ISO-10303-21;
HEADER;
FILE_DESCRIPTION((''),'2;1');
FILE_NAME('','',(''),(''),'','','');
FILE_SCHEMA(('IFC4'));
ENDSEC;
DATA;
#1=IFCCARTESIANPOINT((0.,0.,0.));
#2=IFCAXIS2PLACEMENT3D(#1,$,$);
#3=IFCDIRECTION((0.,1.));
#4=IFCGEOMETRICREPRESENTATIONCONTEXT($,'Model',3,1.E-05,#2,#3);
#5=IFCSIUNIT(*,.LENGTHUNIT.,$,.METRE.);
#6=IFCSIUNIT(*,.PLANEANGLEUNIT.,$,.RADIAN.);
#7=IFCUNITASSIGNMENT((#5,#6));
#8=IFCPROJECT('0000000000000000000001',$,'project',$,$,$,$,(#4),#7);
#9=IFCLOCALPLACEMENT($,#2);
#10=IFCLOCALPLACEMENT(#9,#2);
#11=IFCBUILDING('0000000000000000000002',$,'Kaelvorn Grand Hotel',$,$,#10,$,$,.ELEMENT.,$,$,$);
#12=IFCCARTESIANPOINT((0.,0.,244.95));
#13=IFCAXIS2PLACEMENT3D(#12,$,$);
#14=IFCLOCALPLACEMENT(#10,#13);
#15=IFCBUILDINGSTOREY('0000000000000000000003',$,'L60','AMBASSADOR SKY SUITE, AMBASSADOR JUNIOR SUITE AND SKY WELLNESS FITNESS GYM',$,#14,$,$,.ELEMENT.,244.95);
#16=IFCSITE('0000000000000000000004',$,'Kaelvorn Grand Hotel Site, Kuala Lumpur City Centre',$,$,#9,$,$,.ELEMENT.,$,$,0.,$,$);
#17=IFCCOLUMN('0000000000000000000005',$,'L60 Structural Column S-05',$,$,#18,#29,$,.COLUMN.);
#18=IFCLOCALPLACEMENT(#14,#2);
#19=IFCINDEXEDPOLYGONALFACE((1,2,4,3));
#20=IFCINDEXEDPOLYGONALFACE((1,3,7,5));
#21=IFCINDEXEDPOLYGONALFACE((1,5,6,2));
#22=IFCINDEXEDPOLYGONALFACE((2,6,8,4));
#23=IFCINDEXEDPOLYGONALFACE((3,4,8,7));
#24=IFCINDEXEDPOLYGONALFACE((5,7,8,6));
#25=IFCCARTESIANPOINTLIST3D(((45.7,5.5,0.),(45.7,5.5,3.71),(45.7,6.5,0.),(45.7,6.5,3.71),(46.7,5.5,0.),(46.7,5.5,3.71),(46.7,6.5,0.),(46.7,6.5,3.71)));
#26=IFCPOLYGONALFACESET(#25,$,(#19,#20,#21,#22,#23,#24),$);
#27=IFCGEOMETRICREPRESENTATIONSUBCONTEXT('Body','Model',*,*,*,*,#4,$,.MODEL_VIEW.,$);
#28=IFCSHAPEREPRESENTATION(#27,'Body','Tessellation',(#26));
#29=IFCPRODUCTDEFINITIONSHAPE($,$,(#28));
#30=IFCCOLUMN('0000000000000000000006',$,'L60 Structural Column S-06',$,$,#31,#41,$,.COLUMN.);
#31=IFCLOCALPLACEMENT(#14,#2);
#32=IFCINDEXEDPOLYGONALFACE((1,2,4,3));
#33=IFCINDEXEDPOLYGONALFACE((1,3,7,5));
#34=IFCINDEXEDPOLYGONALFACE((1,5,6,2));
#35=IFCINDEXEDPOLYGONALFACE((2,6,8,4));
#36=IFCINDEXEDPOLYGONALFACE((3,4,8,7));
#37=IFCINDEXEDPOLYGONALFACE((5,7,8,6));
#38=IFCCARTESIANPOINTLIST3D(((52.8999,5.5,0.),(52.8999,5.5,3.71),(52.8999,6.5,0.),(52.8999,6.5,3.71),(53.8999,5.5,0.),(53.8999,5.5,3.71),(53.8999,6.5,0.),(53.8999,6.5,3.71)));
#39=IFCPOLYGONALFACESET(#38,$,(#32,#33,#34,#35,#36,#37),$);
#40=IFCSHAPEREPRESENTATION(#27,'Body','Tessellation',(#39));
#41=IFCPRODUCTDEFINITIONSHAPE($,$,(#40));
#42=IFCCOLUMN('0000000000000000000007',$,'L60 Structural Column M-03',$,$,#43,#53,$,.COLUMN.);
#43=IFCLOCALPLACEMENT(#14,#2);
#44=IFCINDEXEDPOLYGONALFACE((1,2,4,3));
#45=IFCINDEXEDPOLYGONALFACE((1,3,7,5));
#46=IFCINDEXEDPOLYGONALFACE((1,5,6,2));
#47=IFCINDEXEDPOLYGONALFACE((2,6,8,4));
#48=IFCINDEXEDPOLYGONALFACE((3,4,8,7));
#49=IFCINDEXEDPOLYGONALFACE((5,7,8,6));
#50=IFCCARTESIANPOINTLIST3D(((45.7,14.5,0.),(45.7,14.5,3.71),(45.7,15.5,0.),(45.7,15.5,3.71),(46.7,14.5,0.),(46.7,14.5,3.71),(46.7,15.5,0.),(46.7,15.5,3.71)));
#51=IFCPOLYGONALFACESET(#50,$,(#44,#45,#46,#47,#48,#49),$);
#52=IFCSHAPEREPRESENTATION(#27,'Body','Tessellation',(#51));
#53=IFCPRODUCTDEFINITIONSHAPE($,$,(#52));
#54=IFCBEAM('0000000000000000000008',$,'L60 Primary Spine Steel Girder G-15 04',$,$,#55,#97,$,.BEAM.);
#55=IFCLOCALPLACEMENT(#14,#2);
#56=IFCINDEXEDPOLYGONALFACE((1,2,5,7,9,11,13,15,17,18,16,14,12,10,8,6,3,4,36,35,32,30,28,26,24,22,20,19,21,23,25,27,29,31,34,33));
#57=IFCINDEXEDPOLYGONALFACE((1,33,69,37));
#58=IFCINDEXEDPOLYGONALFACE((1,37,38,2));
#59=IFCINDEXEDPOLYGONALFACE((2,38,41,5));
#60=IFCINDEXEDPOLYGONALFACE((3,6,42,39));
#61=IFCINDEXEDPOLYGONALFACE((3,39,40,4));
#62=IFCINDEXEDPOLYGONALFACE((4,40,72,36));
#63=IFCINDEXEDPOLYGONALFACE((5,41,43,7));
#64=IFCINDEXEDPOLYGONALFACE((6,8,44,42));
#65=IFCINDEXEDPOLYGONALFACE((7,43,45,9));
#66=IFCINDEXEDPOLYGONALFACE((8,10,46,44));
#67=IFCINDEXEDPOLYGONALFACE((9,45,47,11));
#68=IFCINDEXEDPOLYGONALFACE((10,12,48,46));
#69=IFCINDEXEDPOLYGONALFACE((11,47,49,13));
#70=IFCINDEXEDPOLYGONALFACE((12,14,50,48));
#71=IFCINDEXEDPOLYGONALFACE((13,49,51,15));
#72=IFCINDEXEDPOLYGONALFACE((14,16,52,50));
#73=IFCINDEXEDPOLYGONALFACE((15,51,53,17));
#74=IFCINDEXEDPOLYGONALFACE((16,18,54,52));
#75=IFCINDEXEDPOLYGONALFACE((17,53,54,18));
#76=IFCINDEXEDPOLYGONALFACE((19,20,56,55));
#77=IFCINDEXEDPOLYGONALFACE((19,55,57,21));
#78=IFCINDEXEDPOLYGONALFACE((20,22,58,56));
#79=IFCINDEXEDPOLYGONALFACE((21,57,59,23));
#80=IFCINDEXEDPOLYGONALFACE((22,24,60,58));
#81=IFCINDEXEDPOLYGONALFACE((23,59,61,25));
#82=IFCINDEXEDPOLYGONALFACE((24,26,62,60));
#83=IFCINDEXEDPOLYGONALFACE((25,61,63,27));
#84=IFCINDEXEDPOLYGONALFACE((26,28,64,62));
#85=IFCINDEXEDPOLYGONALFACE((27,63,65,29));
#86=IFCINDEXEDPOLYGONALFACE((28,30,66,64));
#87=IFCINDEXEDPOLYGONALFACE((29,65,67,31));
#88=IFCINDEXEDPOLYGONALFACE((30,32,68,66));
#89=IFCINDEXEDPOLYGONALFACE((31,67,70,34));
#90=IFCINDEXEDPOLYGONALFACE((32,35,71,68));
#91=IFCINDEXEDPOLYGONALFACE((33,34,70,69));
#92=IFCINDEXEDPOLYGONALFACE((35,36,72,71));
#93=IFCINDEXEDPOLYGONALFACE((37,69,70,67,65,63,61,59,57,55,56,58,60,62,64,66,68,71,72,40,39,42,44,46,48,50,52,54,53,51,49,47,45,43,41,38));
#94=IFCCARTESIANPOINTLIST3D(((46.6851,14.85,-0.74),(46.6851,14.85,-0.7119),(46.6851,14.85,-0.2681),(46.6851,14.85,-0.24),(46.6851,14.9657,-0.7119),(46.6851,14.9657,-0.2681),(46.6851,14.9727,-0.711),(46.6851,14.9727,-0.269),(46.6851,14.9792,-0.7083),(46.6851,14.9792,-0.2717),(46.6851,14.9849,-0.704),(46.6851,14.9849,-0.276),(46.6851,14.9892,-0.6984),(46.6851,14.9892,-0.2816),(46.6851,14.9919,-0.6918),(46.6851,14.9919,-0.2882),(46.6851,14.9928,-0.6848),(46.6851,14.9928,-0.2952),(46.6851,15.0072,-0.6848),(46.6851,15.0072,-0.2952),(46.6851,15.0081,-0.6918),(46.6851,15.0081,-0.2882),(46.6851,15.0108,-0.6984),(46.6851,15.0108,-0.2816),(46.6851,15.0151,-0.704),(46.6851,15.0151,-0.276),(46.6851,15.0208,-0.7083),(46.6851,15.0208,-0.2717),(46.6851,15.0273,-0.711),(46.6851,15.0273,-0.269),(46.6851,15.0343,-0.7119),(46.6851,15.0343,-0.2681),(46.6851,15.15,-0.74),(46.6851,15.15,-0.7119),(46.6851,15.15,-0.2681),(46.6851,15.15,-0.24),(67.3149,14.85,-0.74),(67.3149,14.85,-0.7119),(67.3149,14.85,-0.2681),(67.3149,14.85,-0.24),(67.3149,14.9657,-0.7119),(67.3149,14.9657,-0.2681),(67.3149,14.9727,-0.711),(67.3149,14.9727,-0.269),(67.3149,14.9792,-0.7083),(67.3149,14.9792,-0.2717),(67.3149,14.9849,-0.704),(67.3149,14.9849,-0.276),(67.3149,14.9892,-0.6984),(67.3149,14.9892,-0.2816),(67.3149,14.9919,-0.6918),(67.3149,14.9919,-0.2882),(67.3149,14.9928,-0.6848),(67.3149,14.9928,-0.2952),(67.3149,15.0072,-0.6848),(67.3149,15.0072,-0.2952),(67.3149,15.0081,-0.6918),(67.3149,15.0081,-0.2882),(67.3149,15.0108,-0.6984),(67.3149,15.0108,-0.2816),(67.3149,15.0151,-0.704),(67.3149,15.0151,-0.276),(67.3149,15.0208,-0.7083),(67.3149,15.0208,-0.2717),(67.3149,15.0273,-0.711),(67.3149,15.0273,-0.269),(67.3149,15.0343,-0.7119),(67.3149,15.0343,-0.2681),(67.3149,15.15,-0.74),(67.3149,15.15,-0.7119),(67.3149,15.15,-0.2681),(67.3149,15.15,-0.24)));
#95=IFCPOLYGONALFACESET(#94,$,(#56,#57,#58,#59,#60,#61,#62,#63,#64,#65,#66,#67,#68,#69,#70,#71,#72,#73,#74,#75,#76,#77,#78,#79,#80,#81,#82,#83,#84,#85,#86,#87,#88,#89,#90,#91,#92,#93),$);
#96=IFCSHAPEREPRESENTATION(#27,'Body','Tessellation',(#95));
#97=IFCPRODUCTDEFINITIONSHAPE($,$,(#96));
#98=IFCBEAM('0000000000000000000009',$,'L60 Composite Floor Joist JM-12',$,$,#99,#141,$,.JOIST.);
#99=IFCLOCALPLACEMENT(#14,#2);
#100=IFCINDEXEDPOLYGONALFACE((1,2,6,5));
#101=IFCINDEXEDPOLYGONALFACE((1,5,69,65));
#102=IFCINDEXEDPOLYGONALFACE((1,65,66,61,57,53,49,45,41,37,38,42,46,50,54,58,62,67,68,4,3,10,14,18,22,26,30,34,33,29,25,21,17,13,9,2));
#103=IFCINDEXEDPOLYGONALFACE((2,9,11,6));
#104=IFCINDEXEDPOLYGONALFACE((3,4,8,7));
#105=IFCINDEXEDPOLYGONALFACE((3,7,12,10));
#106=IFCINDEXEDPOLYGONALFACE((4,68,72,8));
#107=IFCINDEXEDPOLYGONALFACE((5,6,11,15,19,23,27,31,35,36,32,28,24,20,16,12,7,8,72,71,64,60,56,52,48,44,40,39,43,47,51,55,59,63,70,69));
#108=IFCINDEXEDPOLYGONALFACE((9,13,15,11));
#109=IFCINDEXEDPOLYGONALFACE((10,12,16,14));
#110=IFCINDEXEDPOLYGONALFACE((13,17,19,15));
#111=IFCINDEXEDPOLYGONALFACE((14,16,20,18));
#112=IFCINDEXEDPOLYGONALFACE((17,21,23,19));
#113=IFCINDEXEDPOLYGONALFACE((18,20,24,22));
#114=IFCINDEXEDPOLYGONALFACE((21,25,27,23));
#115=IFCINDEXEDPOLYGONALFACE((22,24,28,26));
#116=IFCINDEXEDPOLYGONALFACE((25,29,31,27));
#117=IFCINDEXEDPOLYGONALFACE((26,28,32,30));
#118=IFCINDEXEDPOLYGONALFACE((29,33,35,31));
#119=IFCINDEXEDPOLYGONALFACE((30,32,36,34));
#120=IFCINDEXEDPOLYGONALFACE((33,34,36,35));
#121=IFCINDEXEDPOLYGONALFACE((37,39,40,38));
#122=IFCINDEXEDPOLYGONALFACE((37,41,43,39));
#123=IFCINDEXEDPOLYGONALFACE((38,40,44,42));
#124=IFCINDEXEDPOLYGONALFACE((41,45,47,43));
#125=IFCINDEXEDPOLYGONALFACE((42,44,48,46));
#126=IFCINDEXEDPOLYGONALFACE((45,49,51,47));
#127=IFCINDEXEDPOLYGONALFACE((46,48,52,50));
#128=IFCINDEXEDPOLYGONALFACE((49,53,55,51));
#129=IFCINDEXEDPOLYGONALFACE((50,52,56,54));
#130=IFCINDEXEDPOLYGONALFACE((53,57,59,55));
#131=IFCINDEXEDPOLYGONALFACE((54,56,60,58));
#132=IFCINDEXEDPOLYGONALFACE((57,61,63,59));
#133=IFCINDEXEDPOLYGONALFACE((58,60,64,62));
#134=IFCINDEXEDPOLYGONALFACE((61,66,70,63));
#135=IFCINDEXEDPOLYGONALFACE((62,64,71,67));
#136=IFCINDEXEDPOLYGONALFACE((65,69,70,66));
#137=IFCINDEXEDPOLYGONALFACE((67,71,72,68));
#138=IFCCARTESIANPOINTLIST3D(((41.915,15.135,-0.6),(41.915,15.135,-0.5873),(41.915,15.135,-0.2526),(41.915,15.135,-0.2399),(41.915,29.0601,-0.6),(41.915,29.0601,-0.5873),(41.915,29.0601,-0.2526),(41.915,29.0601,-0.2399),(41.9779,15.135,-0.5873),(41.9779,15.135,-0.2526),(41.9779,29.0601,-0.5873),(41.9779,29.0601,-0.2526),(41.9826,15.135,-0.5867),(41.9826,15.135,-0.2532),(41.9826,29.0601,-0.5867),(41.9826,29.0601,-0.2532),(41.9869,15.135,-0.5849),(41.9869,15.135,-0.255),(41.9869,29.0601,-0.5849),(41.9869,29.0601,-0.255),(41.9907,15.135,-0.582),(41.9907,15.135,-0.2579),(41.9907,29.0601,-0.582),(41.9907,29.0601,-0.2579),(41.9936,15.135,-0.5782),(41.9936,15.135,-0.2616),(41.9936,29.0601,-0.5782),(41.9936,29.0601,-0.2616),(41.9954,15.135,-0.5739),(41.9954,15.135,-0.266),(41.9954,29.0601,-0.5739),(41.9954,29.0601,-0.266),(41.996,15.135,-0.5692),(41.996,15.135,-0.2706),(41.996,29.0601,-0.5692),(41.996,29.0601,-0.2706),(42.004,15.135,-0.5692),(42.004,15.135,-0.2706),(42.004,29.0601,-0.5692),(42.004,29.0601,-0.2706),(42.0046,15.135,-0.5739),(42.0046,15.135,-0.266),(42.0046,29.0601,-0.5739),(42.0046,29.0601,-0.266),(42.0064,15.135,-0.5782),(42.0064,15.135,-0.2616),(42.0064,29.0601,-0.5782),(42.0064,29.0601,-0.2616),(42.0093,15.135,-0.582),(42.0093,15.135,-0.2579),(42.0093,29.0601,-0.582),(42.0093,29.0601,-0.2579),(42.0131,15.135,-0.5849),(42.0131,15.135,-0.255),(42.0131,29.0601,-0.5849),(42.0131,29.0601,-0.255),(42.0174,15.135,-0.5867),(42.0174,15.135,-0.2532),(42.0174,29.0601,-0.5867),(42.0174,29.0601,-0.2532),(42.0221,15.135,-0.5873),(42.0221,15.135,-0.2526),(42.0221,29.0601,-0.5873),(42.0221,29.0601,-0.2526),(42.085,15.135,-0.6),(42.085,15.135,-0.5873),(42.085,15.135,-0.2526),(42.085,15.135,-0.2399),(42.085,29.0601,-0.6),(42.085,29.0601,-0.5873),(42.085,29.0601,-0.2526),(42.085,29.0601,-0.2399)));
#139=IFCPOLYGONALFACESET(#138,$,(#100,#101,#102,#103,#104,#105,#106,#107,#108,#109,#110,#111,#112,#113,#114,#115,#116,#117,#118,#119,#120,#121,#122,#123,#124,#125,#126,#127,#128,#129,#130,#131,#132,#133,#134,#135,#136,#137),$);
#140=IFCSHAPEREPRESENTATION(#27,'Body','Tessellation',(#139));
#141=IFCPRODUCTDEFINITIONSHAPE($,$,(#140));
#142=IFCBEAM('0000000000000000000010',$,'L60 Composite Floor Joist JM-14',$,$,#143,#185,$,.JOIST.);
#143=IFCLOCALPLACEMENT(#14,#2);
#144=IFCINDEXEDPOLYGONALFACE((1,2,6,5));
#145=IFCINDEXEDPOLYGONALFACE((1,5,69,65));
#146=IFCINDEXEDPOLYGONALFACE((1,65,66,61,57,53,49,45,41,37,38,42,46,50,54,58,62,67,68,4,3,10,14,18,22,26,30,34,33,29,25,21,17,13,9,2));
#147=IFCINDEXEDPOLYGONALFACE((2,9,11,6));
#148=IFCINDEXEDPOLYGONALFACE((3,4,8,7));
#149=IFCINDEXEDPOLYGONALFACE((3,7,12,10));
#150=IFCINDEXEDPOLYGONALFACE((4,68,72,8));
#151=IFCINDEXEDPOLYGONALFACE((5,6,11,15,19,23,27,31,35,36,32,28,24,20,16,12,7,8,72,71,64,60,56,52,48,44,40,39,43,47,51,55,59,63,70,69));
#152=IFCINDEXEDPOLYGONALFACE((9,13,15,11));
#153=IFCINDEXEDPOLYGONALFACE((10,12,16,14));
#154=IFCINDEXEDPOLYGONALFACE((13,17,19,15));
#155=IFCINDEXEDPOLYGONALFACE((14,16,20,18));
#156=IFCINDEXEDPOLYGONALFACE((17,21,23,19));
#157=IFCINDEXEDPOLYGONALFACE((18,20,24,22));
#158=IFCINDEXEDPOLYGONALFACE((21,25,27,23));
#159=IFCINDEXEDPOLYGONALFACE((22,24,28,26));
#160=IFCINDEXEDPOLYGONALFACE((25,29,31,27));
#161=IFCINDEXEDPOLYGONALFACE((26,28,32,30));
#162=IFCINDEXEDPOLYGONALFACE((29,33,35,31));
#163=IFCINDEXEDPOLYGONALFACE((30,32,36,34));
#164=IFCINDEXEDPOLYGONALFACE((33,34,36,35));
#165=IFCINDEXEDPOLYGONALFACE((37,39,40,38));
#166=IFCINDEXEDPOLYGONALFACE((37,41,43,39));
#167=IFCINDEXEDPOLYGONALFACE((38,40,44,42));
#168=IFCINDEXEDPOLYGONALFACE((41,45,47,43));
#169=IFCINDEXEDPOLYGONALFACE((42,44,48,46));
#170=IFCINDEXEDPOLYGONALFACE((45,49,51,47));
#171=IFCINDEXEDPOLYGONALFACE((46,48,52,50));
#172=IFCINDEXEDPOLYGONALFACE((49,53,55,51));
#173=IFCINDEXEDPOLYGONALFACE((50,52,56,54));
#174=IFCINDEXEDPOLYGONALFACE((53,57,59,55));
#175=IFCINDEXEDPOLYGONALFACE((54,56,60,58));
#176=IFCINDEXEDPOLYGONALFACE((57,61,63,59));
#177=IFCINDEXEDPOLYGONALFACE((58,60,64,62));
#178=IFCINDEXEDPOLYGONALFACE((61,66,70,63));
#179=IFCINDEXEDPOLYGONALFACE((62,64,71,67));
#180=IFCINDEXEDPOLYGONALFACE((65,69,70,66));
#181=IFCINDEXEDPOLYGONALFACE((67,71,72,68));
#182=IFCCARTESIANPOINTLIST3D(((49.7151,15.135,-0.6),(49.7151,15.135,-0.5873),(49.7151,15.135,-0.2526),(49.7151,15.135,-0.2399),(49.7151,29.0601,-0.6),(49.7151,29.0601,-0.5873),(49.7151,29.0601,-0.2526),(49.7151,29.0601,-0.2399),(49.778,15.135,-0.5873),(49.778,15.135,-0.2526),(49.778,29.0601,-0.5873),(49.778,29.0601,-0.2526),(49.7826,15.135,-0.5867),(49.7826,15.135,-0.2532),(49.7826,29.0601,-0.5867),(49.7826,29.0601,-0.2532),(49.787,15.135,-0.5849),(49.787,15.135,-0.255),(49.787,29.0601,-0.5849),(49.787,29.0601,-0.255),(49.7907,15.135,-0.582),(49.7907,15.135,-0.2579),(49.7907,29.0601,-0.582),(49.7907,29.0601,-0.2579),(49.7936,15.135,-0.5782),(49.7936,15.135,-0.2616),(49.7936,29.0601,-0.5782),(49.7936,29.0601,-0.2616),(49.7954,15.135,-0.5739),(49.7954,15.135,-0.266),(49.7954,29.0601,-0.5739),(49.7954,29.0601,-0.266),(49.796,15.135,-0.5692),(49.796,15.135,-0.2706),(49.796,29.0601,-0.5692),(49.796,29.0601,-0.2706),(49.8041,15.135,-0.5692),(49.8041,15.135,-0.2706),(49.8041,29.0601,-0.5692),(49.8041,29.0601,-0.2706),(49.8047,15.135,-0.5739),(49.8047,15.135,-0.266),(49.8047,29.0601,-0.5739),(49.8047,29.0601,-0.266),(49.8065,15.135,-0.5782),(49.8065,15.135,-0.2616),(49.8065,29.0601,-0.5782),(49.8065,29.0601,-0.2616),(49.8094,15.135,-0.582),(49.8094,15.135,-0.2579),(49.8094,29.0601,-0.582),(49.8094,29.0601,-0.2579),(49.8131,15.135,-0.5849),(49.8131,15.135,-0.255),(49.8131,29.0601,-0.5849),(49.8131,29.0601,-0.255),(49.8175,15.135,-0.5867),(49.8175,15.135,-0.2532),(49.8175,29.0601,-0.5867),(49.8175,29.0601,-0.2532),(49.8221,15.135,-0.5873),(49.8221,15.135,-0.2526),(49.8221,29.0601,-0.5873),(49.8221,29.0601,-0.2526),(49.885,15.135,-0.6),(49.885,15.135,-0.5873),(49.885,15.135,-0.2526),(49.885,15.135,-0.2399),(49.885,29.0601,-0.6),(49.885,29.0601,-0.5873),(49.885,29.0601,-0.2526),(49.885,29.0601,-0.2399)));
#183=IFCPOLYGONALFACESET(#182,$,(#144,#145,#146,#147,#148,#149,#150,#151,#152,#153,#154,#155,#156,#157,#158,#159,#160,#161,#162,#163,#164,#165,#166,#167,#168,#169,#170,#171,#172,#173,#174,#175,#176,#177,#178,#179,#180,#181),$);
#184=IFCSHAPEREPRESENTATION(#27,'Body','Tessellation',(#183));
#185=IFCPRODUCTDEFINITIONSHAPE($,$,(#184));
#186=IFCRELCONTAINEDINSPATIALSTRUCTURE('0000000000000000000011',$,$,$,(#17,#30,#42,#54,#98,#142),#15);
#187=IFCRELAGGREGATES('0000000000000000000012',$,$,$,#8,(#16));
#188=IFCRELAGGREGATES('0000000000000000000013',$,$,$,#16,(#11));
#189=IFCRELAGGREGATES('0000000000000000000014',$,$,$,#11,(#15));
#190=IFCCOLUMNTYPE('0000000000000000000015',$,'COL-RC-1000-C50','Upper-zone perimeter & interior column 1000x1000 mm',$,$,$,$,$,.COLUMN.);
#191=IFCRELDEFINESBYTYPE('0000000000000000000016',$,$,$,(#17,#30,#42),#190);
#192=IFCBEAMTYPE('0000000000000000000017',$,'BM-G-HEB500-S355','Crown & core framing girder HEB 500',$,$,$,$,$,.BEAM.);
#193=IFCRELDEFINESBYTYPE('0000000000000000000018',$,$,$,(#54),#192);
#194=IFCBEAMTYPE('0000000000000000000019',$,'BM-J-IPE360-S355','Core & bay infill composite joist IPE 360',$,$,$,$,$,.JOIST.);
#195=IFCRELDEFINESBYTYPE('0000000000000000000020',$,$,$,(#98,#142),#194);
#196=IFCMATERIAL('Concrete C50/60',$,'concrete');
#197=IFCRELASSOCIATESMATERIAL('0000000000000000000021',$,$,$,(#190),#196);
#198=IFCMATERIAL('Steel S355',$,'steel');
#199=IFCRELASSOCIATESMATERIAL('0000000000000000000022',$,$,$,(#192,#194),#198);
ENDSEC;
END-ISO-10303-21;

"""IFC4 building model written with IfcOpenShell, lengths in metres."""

from ifc_helpers import new_model, si_unit, direction, frame, origin, origin_2d, place, context, subcontext, project, spatial, rectangle, i_section, extrude, material, material_profile, profile_set, type_object, element, save


model = new_model("IFC4")

# Units and contexts
model_context = context("Model", 3, precision=1e-05, world=origin(), true_north=direction((0.0, 1.0)))
body_context = subcontext(model_context, "Body", "Model", "MODEL_VIEW")
ifc_project = project(units=[si_unit("LENGTHUNIT", "METRE"), si_unit("PLANEANGLEUNIT", "RADIAN")], contexts=[model_context])

# Site, building, storey
site_placement = place(None, origin())
site = spatial("IfcSite", under=ifc_project, at=site_placement, Name="Kaelvorn Grand Hotel Site, Kuala Lumpur City Centre", CompositionType="ELEMENT", RefElevation=0.0)
building_placement = place(site_placement, origin())
building = spatial("IfcBuilding", under=site, at=building_placement, Name="Kaelvorn Grand Hotel", CompositionType="ELEMENT")
storey_placement = place(building_placement, frame((0.0, 0.0, 244.95)))
storey = spatial("IfcBuildingStorey", under=building, at=storey_placement, Name="L60", Description="AMBASSADOR SKY SUITE, AMBASSADOR JUNIOR SUITE AND SKY WELLNESS FITNESS GYM", CompositionType="ELEMENT", Elevation=244.95)

# Columns
ifc_material_1 = material(Name="Concrete C50/60", Category="concrete")
ifc_material_profile_1 = material_profile(ifc_material_1, rectangle(XDim=1.0, YDim=1.0, at=origin_2d()), Name="RC COL 1000x1000")
ifc_profile_set_1 = profile_set([ifc_material_profile_1], Name="Concrete C50/60")
column_type = type_object("IfcColumnType", Name="COL-RC-1000-C50", Description="Upper-zone perimeter & interior column 1000x1000 mm", PredefinedType="COLUMN", material=ifc_profile_set_1)
for number, where, z_axis, x_axis, name in (
    (1, (46.2, 6.0, 0.0), (0.0, 0.0, 1.0), (1.0, 0.0, 0.0), "L60 Structural Column S-05"),
    (2, (53.3999, 6.0, 0.0), (0.0, 0.0, 1.0), (1.0, 0.0, 0.0), "L60 Structural Column S-06"),
    (3, (46.2, 15.0, 0.0), (0.0, 0.0, 1.0), (1.0, 0.0, 0.0), "L60 Structural Column M-03"),
):
    element("IfcColumn", number, at=place(storey_placement, frame(where, z_axis=z_axis, x_axis=x_axis)), inside=storey, type_object=column_type, Name=name, PredefinedType="COLUMN", context=body_context, shape_type="SweptSolid", body=[
        extrude(rectangle(XDim=1.0, YDim=1.0, at=origin_2d()), origin(), (0.0, 0.0, 1.0), 3.71),
    ])

# Beams
ifc_material_2 = material(Name="Steel S355", Category="steel")
ifc_material_profile_2 = material_profile(ifc_material_2, i_section(OverallWidth=0.3, OverallDepth=0.5, WebThickness=0.0144, FlangeThickness=0.0281, FilletRadius=0.0271, at=origin_2d()), Name="HEB 500")
ifc_profile_set_2 = profile_set([ifc_material_profile_2], Name="Steel S355")
beam_type_1 = type_object("IfcBeamType", Name="BM-G-HEB500-S355", Description="Crown & core framing girder HEB 500", PredefinedType="BEAM", material=ifc_profile_set_2)
beam_1_placement = place(storey_placement, frame((46.6851, 15.0, -0.49), z_axis=(1.0, 0.0, 0.0), x_axis=(0.0, 1.0, 0.0)))
element("IfcBeam", 4, at=beam_1_placement, inside=storey, type_object=beam_type_1, Name="L60 Primary Spine Steel Girder G-15 04", PredefinedType="BEAM", context=body_context, shape_type="SweptSolid", body=[
    extrude(i_section(OverallWidth=0.3, OverallDepth=0.5, WebThickness=0.0144, FlangeThickness=0.0281, FilletRadius=0.0271, at=origin_2d()), origin(), (0.0, 0.0, 1.0), 20.6299),
])
ifc_material_profile_3 = material_profile(ifc_material_2, i_section(OverallWidth=0.1699, OverallDepth=0.3601, WebThickness=0.0081, FlangeThickness=0.0127, FilletRadius=0.0181, at=origin_2d()), Name="IPE 360")
ifc_profile_set_3 = profile_set([ifc_material_profile_3], Name="Steel S355")
beam_type_2 = type_object("IfcBeamType", Name="BM-J-IPE360-S355", Description="Core & bay infill composite joist IPE 360", PredefinedType="JOIST", material=ifc_profile_set_3)
for number, where, z_axis, x_axis, name in (
    (5, (42.0, 15.135, -0.4199), (0.0, 1.0, 0.0), (-1.0, 0.0, 0.0), "L60 Composite Floor Joist JM-12"),
    (6, (49.8, 15.135, -0.4199), (0.0, 1.0, 0.0), (-1.0, 0.0, 0.0), "L60 Composite Floor Joist JM-14"),
):
    element("IfcBeam", number, at=place(storey_placement, frame(where, z_axis=z_axis, x_axis=x_axis)), inside=storey, type_object=beam_type_2, Name=name, PredefinedType="JOIST", context=body_context, shape_type="SweptSolid", body=[
        extrude(i_section(OverallWidth=0.1699, OverallDepth=0.3601, WebThickness=0.0081, FlangeThickness=0.0127, FilletRadius=0.0181, at=origin_2d()), origin(), (0.0, 0.0, 1.0), 13.925),
    ])

save(model, "model.ifc")
